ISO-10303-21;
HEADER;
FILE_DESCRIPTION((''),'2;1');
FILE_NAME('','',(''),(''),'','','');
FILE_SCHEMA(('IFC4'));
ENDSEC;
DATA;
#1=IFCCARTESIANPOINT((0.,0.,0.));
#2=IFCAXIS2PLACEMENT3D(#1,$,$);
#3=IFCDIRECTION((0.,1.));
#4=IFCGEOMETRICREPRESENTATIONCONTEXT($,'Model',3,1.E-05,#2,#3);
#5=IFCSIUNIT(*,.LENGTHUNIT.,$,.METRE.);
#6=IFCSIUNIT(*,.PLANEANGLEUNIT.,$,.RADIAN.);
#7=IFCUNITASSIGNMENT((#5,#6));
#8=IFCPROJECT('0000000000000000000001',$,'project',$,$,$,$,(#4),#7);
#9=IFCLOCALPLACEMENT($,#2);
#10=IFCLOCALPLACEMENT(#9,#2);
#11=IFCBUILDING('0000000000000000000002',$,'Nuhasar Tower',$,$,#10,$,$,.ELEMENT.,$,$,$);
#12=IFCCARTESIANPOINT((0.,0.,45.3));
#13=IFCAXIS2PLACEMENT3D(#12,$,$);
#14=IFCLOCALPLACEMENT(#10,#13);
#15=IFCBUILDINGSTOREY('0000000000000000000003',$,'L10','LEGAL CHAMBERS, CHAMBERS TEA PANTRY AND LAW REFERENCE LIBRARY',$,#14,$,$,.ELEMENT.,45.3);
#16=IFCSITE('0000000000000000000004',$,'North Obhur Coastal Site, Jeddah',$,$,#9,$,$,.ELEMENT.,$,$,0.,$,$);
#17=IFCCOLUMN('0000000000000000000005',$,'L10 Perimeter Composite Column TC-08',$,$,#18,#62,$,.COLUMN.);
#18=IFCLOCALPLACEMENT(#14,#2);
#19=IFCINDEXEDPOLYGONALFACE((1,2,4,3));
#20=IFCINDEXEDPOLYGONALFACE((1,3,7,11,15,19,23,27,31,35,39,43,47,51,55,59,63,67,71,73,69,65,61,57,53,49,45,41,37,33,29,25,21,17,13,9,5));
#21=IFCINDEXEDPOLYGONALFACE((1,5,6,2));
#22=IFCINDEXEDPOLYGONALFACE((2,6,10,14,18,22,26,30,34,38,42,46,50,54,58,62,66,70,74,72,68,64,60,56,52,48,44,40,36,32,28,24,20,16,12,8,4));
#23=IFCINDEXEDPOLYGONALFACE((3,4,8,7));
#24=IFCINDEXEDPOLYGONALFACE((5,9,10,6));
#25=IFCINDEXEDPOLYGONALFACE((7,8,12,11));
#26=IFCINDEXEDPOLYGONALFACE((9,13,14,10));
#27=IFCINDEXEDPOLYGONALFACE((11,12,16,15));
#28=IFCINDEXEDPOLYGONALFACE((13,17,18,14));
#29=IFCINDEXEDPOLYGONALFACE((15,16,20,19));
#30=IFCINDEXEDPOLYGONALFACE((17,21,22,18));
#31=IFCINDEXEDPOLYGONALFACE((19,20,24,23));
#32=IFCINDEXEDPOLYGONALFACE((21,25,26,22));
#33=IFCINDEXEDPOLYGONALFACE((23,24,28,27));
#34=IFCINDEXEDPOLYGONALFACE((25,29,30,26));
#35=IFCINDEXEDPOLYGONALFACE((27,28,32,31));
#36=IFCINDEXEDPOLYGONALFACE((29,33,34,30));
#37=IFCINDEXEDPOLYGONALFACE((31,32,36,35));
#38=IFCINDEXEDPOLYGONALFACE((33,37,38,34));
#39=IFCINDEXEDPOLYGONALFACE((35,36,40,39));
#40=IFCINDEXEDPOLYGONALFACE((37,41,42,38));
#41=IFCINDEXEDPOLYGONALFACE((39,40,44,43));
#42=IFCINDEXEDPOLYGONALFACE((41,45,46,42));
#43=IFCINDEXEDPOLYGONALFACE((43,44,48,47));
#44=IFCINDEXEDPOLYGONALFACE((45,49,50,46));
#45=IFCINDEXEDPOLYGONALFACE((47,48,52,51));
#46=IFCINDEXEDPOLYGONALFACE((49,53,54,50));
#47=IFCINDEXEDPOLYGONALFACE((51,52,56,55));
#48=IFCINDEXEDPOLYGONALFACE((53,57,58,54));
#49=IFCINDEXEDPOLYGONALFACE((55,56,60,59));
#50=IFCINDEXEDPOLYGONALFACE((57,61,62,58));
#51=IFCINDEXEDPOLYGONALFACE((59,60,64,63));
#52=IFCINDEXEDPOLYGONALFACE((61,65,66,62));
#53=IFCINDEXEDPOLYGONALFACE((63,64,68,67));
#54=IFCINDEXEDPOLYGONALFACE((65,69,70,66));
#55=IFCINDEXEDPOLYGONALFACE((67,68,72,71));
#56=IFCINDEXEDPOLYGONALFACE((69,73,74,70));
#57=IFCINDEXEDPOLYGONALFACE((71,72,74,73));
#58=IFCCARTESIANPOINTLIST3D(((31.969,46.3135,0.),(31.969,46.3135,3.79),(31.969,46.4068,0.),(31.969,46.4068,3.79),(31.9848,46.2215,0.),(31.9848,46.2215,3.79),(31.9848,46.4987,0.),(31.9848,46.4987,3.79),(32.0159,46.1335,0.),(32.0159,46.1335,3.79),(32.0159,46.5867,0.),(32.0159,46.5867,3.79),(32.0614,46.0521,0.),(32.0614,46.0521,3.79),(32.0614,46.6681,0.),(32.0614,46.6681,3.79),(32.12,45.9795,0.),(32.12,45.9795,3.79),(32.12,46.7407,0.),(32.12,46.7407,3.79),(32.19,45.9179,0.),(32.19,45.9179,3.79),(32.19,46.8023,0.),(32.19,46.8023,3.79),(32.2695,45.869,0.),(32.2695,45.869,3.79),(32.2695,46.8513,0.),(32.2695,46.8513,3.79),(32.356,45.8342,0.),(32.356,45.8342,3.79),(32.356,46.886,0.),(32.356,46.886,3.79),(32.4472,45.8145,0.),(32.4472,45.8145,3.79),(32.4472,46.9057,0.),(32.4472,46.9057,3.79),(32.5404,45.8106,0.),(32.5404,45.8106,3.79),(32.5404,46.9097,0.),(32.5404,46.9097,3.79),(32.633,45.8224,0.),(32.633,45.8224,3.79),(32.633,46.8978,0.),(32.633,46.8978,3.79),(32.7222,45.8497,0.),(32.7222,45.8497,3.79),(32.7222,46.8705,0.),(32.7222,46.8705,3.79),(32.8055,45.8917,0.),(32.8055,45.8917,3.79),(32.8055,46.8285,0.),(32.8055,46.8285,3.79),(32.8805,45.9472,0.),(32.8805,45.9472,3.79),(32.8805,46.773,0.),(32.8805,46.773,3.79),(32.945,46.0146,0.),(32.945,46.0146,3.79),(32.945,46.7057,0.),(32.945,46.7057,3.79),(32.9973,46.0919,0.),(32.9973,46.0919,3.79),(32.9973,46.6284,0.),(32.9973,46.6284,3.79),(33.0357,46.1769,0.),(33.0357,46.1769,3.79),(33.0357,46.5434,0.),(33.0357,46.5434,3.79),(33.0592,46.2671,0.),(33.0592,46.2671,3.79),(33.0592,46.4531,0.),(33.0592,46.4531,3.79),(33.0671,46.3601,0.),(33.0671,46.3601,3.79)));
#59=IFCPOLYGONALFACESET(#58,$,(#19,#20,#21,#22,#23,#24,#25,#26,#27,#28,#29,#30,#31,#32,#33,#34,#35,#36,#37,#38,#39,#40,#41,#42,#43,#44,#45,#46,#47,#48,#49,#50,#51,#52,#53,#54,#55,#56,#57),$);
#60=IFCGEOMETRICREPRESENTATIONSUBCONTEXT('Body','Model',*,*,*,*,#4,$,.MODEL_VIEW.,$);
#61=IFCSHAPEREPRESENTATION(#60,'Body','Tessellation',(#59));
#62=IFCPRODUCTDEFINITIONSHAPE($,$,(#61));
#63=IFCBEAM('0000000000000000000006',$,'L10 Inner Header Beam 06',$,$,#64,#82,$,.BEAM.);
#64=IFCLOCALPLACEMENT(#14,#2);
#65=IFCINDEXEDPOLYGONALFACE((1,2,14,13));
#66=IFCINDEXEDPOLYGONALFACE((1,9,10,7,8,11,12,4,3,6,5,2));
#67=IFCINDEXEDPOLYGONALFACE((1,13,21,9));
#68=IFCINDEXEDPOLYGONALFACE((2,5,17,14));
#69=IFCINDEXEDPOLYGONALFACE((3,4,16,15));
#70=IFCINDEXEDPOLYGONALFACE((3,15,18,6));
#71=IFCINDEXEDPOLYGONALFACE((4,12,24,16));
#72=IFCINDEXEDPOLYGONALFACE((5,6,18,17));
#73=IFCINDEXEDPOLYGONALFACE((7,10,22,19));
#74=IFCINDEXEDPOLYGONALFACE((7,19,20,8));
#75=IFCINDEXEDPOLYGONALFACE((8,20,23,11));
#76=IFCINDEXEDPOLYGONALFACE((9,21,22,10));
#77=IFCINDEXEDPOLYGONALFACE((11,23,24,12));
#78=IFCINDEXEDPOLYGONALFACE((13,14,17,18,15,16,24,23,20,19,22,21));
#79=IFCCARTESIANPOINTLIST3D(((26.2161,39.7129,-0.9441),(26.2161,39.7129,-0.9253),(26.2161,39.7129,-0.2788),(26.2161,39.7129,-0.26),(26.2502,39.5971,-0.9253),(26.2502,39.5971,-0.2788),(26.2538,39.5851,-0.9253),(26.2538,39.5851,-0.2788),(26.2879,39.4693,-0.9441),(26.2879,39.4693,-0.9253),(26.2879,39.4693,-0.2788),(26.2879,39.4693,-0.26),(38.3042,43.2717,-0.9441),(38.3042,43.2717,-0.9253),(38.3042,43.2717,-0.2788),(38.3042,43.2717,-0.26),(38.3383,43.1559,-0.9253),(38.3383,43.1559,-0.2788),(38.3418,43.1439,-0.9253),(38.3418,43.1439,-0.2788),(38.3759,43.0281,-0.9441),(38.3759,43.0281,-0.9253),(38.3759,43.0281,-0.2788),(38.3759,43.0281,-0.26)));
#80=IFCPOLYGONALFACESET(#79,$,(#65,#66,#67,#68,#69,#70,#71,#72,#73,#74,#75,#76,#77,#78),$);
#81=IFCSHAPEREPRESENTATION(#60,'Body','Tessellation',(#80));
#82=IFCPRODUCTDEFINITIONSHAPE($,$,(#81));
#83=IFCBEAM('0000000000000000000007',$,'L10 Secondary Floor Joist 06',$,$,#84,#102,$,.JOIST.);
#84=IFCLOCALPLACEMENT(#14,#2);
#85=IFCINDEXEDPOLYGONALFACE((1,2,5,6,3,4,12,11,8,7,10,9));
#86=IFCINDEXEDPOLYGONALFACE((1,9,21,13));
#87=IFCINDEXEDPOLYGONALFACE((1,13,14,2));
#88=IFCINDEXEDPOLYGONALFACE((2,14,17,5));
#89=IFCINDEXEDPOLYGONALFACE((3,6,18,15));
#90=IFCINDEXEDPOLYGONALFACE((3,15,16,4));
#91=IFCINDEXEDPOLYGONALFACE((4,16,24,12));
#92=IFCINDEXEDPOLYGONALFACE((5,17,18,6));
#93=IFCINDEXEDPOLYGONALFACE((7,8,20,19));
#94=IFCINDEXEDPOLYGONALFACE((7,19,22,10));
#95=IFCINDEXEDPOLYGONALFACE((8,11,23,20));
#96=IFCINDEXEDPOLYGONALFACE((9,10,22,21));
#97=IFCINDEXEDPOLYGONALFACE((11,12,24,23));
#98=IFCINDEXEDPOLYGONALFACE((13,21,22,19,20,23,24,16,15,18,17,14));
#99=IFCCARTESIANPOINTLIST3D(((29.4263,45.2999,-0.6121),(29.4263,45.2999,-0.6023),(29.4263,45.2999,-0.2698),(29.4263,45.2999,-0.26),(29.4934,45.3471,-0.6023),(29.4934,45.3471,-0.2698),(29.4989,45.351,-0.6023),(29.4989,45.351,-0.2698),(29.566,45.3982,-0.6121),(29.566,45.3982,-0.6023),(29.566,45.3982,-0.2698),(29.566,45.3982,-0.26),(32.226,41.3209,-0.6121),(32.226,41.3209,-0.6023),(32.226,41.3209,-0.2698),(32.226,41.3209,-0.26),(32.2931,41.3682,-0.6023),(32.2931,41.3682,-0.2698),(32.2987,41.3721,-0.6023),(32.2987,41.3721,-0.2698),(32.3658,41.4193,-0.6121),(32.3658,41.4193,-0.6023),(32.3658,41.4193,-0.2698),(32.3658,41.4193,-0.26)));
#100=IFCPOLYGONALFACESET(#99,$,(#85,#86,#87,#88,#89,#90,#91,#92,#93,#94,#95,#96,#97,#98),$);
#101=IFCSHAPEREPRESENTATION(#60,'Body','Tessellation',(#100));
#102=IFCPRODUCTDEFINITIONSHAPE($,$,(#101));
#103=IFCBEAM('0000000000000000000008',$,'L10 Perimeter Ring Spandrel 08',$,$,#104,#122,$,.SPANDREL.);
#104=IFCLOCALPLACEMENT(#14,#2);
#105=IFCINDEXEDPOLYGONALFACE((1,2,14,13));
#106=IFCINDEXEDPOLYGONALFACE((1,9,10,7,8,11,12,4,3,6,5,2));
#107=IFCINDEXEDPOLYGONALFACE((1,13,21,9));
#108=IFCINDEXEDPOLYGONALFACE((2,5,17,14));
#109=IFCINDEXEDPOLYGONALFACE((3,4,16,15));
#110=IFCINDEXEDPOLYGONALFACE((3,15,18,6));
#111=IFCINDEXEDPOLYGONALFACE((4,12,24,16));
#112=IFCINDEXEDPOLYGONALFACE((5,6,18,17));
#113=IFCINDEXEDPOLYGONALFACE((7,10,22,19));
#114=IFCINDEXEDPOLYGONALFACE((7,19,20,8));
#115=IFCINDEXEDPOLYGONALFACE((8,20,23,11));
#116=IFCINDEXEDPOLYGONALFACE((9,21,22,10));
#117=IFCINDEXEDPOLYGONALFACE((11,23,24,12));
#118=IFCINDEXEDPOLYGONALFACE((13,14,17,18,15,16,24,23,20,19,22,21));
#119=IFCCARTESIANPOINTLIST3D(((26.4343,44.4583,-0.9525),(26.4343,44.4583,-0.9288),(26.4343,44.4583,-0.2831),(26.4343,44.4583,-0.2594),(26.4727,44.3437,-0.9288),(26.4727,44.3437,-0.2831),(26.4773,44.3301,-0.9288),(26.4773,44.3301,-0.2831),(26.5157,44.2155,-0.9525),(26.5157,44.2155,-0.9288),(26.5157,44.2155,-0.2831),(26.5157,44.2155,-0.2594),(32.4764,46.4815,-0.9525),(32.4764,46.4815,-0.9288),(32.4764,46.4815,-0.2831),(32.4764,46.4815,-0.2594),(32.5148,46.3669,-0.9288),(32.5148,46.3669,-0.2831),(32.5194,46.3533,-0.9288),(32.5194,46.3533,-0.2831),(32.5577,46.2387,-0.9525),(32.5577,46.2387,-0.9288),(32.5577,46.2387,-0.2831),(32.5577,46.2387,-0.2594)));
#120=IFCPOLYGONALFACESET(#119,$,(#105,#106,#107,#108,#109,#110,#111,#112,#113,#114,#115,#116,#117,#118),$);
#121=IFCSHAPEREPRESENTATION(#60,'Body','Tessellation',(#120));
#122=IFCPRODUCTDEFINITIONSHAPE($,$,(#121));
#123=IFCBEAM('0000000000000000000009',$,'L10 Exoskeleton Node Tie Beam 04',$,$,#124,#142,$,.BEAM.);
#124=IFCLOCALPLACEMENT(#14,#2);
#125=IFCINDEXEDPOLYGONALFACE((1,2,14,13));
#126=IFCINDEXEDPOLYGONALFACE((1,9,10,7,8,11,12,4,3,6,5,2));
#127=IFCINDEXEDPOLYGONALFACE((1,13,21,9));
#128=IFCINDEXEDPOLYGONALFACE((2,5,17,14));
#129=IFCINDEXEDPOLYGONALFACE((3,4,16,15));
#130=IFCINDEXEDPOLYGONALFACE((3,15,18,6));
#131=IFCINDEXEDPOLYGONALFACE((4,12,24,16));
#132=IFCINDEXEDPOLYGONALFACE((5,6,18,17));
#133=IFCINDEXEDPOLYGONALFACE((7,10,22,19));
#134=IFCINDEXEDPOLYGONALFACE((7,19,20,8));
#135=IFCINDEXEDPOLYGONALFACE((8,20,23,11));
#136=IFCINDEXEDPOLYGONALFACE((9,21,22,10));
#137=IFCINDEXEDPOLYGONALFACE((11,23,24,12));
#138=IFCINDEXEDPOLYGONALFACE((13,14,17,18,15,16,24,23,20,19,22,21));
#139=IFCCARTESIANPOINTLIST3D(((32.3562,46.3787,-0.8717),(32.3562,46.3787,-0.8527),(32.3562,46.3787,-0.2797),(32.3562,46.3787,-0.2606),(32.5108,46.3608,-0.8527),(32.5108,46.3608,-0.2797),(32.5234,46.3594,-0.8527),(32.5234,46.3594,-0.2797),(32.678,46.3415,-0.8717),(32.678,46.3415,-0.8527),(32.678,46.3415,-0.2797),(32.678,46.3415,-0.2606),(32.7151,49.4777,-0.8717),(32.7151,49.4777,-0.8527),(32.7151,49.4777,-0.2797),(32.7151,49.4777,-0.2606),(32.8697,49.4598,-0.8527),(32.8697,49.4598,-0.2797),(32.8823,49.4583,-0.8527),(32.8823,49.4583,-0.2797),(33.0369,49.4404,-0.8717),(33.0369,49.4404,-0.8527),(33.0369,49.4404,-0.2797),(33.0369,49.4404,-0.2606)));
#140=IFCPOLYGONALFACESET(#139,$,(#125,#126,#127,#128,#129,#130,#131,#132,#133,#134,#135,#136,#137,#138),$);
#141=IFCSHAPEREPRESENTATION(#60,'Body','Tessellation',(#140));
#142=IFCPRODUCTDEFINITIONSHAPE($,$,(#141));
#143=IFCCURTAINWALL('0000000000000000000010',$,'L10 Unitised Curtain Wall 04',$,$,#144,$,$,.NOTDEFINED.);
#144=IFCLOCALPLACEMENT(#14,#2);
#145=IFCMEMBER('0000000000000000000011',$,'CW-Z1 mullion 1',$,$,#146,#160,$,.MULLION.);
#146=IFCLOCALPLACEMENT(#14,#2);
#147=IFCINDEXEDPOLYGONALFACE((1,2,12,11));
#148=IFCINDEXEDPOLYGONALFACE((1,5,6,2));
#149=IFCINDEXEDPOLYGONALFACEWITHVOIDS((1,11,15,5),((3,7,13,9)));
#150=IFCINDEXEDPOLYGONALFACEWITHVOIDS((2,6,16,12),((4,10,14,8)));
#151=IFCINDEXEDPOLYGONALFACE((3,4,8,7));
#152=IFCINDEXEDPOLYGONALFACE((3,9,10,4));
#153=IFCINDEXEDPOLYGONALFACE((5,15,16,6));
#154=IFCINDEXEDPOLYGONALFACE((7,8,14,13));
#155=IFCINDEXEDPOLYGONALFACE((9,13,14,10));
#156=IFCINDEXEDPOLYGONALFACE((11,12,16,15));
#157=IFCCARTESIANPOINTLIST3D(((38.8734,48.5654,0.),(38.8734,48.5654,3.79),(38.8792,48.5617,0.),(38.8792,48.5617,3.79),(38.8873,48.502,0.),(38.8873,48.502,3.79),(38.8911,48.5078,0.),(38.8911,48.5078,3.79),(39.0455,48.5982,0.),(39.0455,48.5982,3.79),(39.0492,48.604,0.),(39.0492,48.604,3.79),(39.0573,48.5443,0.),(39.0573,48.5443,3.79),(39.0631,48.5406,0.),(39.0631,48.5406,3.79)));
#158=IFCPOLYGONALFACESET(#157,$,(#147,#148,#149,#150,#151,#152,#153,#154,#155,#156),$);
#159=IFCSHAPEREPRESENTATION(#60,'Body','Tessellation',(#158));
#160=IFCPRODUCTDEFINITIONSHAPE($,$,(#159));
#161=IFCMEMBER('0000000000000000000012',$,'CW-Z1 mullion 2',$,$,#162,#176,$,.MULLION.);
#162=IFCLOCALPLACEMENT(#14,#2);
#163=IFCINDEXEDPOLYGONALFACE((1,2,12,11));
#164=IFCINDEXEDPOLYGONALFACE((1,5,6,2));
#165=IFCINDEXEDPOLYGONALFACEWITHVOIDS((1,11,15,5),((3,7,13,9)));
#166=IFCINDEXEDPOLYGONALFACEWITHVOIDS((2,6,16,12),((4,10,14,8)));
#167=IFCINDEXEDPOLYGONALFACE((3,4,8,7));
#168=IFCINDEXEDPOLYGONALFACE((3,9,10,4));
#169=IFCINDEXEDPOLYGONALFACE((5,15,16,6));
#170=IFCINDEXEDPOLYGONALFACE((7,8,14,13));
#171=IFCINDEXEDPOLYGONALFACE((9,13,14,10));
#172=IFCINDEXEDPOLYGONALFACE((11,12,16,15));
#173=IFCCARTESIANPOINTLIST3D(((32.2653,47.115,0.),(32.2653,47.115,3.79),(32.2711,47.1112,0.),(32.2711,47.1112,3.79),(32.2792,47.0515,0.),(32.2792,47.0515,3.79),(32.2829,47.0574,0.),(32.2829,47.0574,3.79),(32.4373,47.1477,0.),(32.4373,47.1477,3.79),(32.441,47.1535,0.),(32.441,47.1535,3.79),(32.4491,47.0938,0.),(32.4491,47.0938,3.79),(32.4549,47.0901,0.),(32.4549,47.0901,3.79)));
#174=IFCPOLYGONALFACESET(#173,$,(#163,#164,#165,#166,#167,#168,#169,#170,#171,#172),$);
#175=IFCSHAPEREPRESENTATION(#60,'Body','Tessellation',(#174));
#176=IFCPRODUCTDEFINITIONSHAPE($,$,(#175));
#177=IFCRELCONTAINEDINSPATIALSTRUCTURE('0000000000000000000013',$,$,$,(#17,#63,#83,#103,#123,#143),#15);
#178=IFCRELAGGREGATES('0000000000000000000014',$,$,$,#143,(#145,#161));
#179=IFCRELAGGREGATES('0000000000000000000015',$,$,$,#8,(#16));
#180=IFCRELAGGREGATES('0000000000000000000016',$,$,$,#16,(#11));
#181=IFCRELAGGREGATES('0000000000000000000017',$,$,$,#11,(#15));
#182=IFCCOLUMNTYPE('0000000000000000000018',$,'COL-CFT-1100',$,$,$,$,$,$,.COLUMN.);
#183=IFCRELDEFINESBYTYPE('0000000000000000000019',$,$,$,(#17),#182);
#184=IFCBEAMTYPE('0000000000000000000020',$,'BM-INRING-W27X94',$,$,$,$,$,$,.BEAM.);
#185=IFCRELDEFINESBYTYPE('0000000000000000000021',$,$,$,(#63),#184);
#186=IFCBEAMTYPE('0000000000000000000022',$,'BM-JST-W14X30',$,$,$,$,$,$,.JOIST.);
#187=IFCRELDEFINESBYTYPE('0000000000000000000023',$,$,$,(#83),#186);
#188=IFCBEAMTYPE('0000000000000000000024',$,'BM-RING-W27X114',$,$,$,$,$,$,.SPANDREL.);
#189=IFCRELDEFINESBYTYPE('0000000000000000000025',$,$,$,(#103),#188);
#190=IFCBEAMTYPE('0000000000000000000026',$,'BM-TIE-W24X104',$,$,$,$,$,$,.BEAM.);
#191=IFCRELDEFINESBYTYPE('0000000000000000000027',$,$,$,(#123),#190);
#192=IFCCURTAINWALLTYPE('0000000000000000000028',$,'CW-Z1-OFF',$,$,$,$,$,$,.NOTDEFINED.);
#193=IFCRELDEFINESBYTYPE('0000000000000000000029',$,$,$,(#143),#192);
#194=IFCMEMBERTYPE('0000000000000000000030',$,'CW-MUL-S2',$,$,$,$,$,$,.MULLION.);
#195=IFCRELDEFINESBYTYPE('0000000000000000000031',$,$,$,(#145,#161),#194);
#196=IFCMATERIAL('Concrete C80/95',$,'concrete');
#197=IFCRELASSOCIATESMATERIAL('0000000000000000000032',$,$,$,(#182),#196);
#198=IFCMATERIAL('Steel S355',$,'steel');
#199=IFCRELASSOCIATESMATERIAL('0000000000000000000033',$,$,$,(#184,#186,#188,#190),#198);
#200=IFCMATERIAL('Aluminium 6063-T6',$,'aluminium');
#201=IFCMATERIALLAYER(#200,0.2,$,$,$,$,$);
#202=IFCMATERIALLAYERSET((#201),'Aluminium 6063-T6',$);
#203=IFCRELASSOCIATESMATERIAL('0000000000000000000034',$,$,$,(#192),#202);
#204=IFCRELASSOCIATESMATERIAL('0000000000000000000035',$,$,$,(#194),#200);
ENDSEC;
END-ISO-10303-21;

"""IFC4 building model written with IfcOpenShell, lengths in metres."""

from ifc_helpers import new_model, si_unit, direction, frame, origin, origin_2d, place, context, subcontext, project, spatial, hollow_rectangle, circle, i_section, extrude, material, layer, layer_set, material_profile, profile_set, type_object, element, aggregate, save


model = new_model("IFC4")

# Units and contexts
model_context = context("Model", 3, precision=1e-05, world=origin(), true_north=direction((0.0, 1.0)))
body_context = subcontext(model_context, "Body", "Model", "MODEL_VIEW")
ifc_project = project(units=[si_unit("LENGTHUNIT", "METRE"), si_unit("PLANEANGLEUNIT", "RADIAN")], contexts=[model_context])

# Site, building, storey
site_placement = place(None, origin())
site = spatial("IfcSite", under=ifc_project, at=site_placement, Name="North Obhur Coastal Site, Jeddah", CompositionType="ELEMENT", RefElevation=0.0)
building_placement = place(site_placement, origin())
building = spatial("IfcBuilding", under=site, at=building_placement, Name="Nuhasar Tower", CompositionType="ELEMENT")
storey_placement = place(building_placement, frame((0.0, 0.0, 45.3)))
storey = spatial("IfcBuildingStorey", under=building, at=storey_placement, Name="L10", Description="LEGAL CHAMBERS, CHAMBERS TEA PANTRY AND LAW REFERENCE LIBRARY", CompositionType="ELEMENT", Elevation=45.3)

# Column
ifc_material_1 = material(Name="Concrete C80/95", Category="concrete")
ifc_material_profile_1 = material_profile(ifc_material_1, circle(Radius=0.55, at=origin_2d()), Name="CFT1100")
ifc_profile_set_1 = profile_set([ifc_material_profile_1], Name="Concrete C80/95")
column_type = type_object("IfcColumnType", Name="COL-CFT-1100", PredefinedType="COLUMN", material=ifc_profile_set_1)
column_placement = place(storey_placement, frame((32.5171, 46.3601, 0.0), z_axis=(0.0, 0.0, 1.0), x_axis=(1.0, 0.0, 0.0)))
element("IfcColumn", 1, at=column_placement, inside=storey, type_object=column_type, Name="L10 Perimeter Composite Column TC-08", PredefinedType="COLUMN", context=body_context, shape_type="SweptSolid", body=[
    extrude(circle(Radius=0.55, at=origin_2d()), origin(), (0.0, 0.0, 1.0), 3.79),
])

# Beams
ifc_material_2 = material(Name="Steel S355", Category="steel")
ifc_material_profile_2 = material_profile(ifc_material_2, i_section(OverallWidth=0.2539, OverallDepth=0.6841, WebThickness=0.0125, FlangeThickness=0.0188, at=origin_2d()), Name="W27X94")
ifc_profile_set_2 = profile_set([ifc_material_profile_2], Name="Steel S355")
beam_type_1 = type_object("IfcBeamType", Name="BM-INRING-W27X94", PredefinedType="BEAM", material=ifc_profile_set_2)
beam_1_placement = place(storey_placement, frame((38.3401, 43.1499, -0.6021), z_axis=(-0.95929, -0.282422, 0.0), x_axis=(0.282422, -0.95929, 0.0)))
element("IfcBeam", 2, at=beam_1_placement, inside=storey, type_object=beam_type_1, Name="L10 Inner Header Beam 06", PredefinedType="BEAM", context=body_context, shape_type="SweptSolid", body=[
    extrude(i_section(OverallWidth=0.2539, OverallDepth=0.6841, WebThickness=0.0125, FlangeThickness=0.0188, at=origin_2d()), origin(), (0.0, 0.0, 1.0), 12.6011),
])
ifc_material_profile_3 = material_profile(ifc_material_2, i_section(OverallWidth=0.1709, OverallDepth=0.3521, WebThickness=0.0068, FlangeThickness=0.0098, at=origin_2d()), Name="W14X30")
ifc_profile_set_3 = profile_set([ifc_material_profile_3], Name="Steel S355")
beam_type_2 = type_object("IfcBeamType", Name="BM-JST-W14X30", PredefinedType="JOIST", material=ifc_profile_set_3)
beam_2_placement = place(storey_placement, frame((32.2959, 41.3701, -0.436), z_axis=(-0.575461, 0.817829, 0.0), x_axis=(-0.817829, -0.575461, 0.0)))
element("IfcBeam", 3, at=beam_2_placement, inside=storey, type_object=beam_type_2, Name="L10 Secondary Floor Joist 06", PredefinedType="JOIST", context=body_context, shape_type="SweptSolid", body=[
    extrude(i_section(OverallWidth=0.1709, OverallDepth=0.3521, WebThickness=0.0068, FlangeThickness=0.0098, at=origin_2d()), origin(), (0.0, 0.0, 1.0), 4.8652),
])
ifc_material_profile_4 = material_profile(ifc_material_2, i_section(OverallWidth=0.2561, OverallDepth=0.6931, WebThickness=0.0144, FlangeThickness=0.0237, at=origin_2d()), Name="W27X114")
ifc_profile_set_4 = profile_set([ifc_material_profile_4], Name="Steel S355")
beam_type_3 = type_object("IfcBeamType", Name="BM-RING-W27X114", PredefinedType="SPANDREL", material=ifc_profile_set_4)
beam_3_placement = place(storey_placement, frame((32.5171, 46.3601, -0.606), z_axis=(-0.948249, -0.317526, 0.0), x_axis=(0.317526, -0.948249, 0.0)))
element("IfcBeam", 4, at=beam_3_placement, inside=storey, type_object=beam_type_3, Name="L10 Perimeter Ring Spandrel 08", PredefinedType="SPANDREL", context=body_context, shape_type="SweptSolid", body=[
    extrude(i_section(OverallWidth=0.2561, OverallDepth=0.6931, WebThickness=0.0144, FlangeThickness=0.0237, at=origin_2d()), origin(), (0.0, 0.0, 1.0), 6.3718),
])
ifc_material_profile_5 = material_profile(ifc_material_2, i_section(OverallWidth=0.324, OverallDepth=0.6111, WebThickness=0.0127, FlangeThickness=0.019, at=origin_2d()), Name="W24X104")
ifc_profile_set_5 = profile_set([ifc_material_profile_5], Name="Steel S355")
beam_type_4 = type_object("IfcBeamType", Name="BM-TIE-W24X104", PredefinedType="BEAM", material=ifc_profile_set_5)
beam_4_placement = place(storey_placement, frame((32.5171, 46.3601, -0.5662), z_axis=(0.115043, 0.993361, 0.0), x_axis=(-0.993361, 0.115043, 0.0)))
element("IfcBeam", 5, at=beam_4_placement, inside=storey, type_object=beam_type_4, Name="L10 Exoskeleton Node Tie Beam 04", PredefinedType="BEAM", context=body_context, shape_type="SweptSolid", body=[
    extrude(i_section(OverallWidth=0.324, OverallDepth=0.6111, WebThickness=0.0127, FlangeThickness=0.019, at=origin_2d()), origin(), (0.0, 0.0, 1.0), 3.1196),
])

# Curtain wall, members
ifc_material_3 = material(Name="Aluminium 6063-T6", Category="aluminium")
ifc_layer_1 = layer(ifc_material_3, 0.2)
ifc_layer_set_1 = layer_set([ifc_layer_1], Name="Aluminium 6063-T6")
curtain_wall_type = type_object("IfcCurtainWallType", Name="CW-Z1-OFF", PredefinedType="NOTDEFINED", material=ifc_layer_set_1)
curtain_wall_placement = place(storey_placement, origin())
curtain_wall = element("IfcCurtainWall", 6, at=curtain_wall_placement, inside=storey, type_object=curtain_wall_type, Name="L10 Unitised Curtain Wall 04", PredefinedType="NOTDEFINED")
ifc_material_profile_6 = material_profile(ifc_material_3, hollow_rectangle(XDim=0.0649, YDim=0.1799, WallThickness=0.0049, at=origin_2d()), Name="CWM-2")
ifc_profile_set_6 = profile_set([ifc_material_profile_6], Name="Aluminium 6063-T6")
member_type_1 = type_object("IfcMemberType", Name="CW-MUL-S2", PredefinedType="MULLION", material=ifc_profile_set_6)
member_1_placement = place(storey_placement, frame((38.9683, 48.553, 0.0), z_axis=(0.0, 0.0, 1.0), x_axis=(0.214399, -0.976746, 0.0)))
member_1 = element("IfcMember", 7, at=member_1_placement, type_object=member_type_1, Name="CW-Z1 mullion 1", PredefinedType="MULLION", context=body_context, shape_type="SweptSolid", body=[
    extrude(hollow_rectangle(XDim=0.0649, YDim=0.1799, WallThickness=0.0049, at=origin_2d()), origin(), (0.0, 0.0, 1.0), 3.79),
])
member_2_placement = place(storey_placement, frame((32.3601, 47.1025, 0.0), z_axis=(0.0, 0.0, 1.0), x_axis=(0.214399, -0.976746, 0.0)))
member_2 = element("IfcMember", 8, at=member_2_placement, type_object=member_type_1, Name="CW-Z1 mullion 2", PredefinedType="MULLION", context=body_context, shape_type="SweptSolid", body=[
    extrude(hollow_rectangle(XDim=0.0649, YDim=0.1799, WallThickness=0.0049, at=origin_2d()), origin(), (0.0, 0.0, 1.0), 3.79),
])

aggregate(curtain_wall, [member_1, member_2])

save(model, "model.ifc")
